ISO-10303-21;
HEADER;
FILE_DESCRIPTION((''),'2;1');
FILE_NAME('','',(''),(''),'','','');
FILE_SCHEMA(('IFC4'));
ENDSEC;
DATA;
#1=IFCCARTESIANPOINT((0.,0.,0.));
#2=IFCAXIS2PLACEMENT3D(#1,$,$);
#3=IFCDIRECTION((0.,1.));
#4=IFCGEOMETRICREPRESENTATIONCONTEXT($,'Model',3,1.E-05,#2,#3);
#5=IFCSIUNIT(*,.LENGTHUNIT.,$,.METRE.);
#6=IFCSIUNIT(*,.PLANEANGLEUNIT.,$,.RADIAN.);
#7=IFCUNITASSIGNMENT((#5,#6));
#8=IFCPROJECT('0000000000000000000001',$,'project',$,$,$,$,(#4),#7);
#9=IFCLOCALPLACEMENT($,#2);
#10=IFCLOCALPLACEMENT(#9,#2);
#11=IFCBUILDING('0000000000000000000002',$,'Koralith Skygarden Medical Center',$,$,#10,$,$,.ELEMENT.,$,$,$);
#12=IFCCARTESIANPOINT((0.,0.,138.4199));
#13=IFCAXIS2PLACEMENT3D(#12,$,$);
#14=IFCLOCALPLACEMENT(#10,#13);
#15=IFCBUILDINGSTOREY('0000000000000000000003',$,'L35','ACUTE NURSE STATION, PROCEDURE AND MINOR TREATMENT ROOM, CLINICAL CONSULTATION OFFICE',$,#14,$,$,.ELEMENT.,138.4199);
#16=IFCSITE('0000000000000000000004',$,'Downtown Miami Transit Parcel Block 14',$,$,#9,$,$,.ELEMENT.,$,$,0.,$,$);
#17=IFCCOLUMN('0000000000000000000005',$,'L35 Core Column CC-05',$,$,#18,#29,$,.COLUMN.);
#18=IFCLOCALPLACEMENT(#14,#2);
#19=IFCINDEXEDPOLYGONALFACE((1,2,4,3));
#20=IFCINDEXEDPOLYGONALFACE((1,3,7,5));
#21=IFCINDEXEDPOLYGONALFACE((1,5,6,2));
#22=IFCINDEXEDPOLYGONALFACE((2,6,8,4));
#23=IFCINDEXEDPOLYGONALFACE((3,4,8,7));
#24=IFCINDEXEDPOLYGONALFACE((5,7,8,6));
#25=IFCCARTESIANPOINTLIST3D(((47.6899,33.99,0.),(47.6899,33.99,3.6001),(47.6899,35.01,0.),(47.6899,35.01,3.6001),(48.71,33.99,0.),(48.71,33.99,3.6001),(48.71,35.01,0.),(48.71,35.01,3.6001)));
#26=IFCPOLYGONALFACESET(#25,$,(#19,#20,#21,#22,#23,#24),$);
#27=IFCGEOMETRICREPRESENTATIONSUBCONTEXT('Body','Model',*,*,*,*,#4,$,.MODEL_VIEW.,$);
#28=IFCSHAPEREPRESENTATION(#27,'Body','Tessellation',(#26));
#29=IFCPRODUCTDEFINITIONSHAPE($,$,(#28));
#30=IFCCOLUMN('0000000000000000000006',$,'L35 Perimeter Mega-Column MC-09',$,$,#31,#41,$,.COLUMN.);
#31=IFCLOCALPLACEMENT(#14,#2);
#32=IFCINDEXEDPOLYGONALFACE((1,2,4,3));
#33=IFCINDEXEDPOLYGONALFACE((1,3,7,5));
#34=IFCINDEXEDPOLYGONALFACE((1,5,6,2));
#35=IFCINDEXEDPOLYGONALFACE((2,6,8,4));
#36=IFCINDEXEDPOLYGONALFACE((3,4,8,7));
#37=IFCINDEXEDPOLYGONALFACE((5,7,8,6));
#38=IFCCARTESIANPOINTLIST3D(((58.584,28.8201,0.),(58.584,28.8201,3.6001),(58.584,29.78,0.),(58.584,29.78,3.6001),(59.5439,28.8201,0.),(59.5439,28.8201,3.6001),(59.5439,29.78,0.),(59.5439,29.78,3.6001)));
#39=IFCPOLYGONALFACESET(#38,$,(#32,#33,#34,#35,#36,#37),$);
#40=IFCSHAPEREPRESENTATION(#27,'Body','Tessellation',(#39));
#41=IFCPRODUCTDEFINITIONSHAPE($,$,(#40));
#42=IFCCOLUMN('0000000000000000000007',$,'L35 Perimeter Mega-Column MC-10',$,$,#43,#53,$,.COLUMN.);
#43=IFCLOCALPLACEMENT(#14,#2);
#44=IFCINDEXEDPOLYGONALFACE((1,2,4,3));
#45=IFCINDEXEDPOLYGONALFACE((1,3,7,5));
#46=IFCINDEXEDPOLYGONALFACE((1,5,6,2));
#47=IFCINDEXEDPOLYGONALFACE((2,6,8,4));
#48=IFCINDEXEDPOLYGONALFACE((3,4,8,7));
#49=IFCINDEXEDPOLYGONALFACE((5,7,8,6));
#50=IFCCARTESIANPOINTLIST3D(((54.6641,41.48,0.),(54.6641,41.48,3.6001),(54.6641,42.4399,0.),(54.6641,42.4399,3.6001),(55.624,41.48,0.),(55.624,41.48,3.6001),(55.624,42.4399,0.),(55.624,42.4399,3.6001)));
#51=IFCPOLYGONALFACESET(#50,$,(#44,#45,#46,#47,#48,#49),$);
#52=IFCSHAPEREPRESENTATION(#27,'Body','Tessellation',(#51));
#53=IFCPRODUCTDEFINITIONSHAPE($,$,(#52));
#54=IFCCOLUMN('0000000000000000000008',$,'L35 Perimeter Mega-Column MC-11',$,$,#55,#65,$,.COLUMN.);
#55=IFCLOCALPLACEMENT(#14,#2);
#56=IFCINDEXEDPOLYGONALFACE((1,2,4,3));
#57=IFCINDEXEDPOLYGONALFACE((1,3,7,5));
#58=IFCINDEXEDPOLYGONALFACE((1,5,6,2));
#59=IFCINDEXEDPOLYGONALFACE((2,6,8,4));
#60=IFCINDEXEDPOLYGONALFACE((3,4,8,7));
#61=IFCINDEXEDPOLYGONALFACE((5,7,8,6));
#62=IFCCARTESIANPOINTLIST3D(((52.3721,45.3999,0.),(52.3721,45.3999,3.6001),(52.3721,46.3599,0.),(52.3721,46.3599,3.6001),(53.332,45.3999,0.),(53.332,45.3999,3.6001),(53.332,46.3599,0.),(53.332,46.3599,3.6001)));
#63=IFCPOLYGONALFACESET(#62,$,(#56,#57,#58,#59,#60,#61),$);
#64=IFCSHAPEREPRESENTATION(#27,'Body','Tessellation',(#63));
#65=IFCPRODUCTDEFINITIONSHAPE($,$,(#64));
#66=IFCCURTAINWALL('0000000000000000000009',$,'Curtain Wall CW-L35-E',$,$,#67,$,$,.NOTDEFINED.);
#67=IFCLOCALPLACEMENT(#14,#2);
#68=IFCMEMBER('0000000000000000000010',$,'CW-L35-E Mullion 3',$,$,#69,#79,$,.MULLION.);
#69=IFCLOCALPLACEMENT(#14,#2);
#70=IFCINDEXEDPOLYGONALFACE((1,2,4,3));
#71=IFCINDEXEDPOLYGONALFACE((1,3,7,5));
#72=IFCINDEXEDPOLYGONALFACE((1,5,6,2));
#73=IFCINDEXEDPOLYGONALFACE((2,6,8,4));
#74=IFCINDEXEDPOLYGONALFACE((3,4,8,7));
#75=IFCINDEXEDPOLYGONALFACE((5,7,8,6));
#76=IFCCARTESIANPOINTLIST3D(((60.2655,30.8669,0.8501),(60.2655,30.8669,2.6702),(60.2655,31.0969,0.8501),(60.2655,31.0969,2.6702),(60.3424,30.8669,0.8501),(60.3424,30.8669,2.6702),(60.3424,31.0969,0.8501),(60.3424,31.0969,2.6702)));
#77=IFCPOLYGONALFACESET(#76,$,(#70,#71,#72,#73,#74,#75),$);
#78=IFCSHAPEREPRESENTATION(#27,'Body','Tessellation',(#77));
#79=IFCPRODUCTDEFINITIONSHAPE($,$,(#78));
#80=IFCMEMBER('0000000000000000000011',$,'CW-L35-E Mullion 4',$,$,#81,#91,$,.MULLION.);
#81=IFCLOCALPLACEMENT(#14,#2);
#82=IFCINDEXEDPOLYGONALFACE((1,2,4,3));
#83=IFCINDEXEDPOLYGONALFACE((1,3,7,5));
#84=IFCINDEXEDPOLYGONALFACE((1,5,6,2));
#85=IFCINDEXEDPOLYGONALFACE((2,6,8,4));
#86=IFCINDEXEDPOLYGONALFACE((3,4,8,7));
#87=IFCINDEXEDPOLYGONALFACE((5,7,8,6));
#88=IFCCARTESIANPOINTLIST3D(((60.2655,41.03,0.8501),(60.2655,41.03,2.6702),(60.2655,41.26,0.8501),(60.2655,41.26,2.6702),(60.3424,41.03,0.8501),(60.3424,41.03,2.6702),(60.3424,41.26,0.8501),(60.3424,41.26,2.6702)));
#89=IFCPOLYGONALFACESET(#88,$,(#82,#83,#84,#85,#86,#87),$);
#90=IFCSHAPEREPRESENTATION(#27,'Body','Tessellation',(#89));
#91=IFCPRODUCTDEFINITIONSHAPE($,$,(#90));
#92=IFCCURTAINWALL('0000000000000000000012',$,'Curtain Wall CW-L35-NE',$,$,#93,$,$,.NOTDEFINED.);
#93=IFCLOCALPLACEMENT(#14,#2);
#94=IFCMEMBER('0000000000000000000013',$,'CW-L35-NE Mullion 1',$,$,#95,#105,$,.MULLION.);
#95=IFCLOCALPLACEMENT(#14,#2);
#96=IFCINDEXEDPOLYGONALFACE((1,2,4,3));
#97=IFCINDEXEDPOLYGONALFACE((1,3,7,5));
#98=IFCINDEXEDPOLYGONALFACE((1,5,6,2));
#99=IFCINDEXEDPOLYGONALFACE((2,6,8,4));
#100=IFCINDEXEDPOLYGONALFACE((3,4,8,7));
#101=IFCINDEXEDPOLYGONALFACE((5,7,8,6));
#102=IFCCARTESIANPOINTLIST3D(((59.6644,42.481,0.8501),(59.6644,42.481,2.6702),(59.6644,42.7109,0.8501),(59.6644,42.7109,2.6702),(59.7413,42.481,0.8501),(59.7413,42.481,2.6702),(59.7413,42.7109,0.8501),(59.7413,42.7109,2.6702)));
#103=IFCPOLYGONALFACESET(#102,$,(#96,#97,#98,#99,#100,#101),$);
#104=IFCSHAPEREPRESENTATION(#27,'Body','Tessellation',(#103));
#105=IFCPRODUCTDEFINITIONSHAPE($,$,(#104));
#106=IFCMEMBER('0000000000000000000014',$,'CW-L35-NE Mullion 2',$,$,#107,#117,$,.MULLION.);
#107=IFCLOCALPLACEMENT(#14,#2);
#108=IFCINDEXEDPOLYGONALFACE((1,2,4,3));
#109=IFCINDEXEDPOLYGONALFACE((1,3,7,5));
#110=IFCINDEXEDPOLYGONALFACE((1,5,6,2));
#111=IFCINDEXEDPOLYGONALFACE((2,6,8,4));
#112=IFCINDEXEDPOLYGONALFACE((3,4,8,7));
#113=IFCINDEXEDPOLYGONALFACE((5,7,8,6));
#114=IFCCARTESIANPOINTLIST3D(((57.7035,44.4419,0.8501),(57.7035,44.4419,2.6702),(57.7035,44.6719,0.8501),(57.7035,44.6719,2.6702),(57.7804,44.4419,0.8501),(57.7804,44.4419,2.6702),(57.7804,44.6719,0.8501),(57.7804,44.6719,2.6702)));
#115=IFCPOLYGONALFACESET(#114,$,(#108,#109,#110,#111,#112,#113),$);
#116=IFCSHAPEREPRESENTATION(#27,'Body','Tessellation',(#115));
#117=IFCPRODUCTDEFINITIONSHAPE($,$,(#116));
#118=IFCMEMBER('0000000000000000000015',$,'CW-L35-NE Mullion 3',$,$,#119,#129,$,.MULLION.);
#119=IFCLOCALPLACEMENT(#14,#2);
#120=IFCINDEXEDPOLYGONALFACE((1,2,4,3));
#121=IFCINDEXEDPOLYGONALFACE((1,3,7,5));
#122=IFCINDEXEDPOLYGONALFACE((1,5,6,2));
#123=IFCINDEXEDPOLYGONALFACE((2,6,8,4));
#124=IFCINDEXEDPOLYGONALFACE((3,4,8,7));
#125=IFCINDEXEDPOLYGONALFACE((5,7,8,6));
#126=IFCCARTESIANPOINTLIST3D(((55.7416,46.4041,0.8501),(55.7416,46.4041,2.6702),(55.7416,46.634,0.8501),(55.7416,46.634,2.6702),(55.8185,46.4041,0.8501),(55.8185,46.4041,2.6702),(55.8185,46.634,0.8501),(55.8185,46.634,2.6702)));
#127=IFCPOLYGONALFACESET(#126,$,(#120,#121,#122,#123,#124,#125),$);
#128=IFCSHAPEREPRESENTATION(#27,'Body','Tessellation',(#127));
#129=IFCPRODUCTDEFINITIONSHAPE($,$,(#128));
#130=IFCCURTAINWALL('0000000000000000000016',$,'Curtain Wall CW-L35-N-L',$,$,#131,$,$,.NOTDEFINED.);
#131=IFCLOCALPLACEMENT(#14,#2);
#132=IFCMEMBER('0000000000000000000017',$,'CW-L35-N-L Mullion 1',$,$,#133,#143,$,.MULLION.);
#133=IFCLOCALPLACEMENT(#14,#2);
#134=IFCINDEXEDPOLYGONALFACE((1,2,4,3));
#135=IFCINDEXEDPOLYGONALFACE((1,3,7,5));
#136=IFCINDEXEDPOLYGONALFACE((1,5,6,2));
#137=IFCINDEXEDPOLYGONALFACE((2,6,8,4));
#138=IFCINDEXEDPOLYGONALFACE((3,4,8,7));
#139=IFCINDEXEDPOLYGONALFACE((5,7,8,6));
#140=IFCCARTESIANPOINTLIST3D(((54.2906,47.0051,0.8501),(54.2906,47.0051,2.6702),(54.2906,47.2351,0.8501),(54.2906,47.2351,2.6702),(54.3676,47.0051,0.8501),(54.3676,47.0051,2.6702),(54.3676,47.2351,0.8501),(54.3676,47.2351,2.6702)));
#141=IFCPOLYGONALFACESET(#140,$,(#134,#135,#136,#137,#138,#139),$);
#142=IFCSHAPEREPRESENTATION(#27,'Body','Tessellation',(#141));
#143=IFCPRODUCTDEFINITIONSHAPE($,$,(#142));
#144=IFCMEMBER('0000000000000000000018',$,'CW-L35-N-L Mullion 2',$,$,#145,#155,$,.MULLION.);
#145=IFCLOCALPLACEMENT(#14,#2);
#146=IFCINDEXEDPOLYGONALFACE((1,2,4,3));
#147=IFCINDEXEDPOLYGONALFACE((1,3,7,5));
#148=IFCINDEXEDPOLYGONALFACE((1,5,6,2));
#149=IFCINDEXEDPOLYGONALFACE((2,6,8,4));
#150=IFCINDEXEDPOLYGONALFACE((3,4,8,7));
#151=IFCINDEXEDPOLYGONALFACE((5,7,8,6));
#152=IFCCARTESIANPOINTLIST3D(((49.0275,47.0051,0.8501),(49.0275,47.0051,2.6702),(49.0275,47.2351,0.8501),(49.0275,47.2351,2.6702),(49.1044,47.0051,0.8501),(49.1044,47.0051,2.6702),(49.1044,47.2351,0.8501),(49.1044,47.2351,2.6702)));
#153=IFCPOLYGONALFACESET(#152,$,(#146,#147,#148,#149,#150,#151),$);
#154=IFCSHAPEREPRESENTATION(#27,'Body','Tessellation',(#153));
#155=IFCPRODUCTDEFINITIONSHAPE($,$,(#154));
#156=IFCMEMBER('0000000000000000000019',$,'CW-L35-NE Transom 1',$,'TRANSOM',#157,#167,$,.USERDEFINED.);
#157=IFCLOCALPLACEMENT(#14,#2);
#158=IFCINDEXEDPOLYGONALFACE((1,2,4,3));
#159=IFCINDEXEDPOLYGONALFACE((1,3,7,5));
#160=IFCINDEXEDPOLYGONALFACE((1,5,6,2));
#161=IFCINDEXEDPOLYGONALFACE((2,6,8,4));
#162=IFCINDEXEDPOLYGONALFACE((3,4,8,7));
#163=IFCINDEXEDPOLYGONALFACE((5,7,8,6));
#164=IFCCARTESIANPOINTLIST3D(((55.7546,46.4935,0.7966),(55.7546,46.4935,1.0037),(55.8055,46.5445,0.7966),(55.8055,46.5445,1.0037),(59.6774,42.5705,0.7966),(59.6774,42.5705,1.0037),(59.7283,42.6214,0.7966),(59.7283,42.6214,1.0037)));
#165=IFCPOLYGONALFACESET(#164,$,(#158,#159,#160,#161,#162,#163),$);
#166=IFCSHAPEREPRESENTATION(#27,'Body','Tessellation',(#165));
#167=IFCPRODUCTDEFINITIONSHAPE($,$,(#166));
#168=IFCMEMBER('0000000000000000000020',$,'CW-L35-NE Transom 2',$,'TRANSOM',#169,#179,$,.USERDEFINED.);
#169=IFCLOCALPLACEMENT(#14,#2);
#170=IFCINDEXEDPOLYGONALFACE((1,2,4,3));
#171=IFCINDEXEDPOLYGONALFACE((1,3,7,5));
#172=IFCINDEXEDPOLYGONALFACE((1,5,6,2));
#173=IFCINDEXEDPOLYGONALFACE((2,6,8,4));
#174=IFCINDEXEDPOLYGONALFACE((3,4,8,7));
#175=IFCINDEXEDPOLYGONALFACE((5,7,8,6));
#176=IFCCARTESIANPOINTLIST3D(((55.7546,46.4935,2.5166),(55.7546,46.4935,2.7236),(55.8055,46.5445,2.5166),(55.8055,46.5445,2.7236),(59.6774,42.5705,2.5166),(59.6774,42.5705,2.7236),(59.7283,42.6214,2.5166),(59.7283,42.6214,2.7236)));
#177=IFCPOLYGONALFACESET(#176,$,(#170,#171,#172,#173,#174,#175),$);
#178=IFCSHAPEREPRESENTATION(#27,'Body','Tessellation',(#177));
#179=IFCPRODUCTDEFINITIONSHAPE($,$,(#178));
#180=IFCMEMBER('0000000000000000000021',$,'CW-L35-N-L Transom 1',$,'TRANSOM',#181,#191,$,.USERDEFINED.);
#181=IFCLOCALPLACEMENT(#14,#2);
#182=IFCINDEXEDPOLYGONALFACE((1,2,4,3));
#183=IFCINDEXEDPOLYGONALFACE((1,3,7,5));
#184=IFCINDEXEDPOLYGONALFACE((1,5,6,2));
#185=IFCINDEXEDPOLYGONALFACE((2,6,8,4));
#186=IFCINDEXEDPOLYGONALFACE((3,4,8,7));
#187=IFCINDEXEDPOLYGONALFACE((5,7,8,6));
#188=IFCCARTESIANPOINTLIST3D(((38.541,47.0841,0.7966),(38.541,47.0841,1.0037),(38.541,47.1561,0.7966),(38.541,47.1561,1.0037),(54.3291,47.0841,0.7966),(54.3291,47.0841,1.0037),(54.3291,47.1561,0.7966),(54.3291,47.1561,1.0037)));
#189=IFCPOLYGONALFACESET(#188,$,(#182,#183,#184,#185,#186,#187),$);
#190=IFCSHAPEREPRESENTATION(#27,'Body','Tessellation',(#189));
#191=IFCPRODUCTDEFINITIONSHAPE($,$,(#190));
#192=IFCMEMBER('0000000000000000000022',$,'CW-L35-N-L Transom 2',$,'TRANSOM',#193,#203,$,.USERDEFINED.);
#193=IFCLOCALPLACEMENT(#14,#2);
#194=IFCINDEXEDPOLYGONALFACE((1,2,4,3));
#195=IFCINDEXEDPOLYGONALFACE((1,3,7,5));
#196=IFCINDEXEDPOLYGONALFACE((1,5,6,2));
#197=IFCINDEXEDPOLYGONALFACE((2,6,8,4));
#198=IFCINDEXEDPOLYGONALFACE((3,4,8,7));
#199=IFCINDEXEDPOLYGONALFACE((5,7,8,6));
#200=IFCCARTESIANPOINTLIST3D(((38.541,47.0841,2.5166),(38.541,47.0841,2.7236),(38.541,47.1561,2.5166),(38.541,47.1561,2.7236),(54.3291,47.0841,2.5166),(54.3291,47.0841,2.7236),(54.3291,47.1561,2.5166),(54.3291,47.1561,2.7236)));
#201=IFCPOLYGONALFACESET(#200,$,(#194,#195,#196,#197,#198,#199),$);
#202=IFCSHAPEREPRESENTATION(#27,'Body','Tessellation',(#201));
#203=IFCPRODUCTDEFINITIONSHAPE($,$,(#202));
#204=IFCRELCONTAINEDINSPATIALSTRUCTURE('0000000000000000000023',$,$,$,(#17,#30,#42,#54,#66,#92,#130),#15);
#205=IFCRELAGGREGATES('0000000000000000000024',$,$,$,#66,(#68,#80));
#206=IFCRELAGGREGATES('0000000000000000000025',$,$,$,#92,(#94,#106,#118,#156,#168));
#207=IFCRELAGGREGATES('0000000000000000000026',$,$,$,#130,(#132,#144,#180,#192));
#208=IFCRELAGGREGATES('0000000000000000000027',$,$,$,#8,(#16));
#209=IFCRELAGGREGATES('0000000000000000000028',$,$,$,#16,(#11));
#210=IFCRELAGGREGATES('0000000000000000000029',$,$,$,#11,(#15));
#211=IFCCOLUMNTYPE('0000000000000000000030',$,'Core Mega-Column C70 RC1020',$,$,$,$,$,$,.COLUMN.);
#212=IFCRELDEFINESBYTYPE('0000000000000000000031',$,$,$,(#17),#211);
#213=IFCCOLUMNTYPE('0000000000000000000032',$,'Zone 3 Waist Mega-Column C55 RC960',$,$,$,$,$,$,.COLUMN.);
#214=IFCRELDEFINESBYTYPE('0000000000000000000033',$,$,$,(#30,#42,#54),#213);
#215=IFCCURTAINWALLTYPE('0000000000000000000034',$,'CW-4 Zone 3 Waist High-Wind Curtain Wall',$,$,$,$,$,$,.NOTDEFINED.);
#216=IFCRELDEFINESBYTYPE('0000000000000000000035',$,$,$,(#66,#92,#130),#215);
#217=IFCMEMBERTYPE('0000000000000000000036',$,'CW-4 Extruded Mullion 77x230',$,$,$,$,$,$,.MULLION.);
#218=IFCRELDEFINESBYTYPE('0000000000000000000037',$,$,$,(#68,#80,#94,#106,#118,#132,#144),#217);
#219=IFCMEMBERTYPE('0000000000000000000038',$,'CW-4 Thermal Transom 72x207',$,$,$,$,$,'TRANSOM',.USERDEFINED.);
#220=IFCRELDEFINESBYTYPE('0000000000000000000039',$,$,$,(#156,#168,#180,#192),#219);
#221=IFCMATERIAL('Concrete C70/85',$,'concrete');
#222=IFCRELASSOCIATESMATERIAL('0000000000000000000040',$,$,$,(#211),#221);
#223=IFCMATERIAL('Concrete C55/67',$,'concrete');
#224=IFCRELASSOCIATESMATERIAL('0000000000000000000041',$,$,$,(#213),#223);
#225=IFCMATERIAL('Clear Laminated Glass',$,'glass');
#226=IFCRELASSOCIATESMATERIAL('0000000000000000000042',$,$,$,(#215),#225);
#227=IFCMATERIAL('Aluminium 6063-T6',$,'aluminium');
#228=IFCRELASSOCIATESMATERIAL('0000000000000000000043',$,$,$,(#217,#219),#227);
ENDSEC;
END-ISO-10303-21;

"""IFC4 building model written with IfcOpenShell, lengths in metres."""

from ifc_helpers import new_model, si_unit, direction, frame, origin, origin_2d, place, context, subcontext, project, spatial, rectangle, extrude, material, material_profile, profile_set, type_object, element, aggregate, save


model = new_model("IFC4")

# Units and contexts
model_context = context("Model", 3, precision=1e-05, world=origin(), true_north=direction((0.0, 1.0)))
body_context = subcontext(model_context, "Body", "Model", "MODEL_VIEW")
ifc_project = project(units=[si_unit("LENGTHUNIT", "METRE"), si_unit("PLANEANGLEUNIT", "RADIAN")], contexts=[model_context])

# Site, building, storey
site_placement = place(None, origin())
site = spatial("IfcSite", under=ifc_project, at=site_placement, Name="Downtown Miami Transit Parcel Block 14", CompositionType="ELEMENT", RefElevation=0.0)
building_placement = place(site_placement, origin())
building = spatial("IfcBuilding", under=site, at=building_placement, Name="Koralith Skygarden Medical Center", CompositionType="ELEMENT")
storey_placement = place(building_placement, frame((0.0, 0.0, 138.4199)))
storey = spatial("IfcBuildingStorey", under=building, at=storey_placement, Name="L35", Description="ACUTE NURSE STATION, PROCEDURE AND MINOR TREATMENT ROOM, CLINICAL CONSULTATION OFFICE", CompositionType="ELEMENT", Elevation=138.4199)

# Columns
ifc_material_1 = material(Name="Concrete C70/85", Category="concrete")
ifc_material_profile_1 = material_profile(ifc_material_1, rectangle(XDim=1.02, YDim=1.02, at=origin_2d()), Name="RC1020X1020")
ifc_profile_set_1 = profile_set([ifc_material_profile_1], Name="Concrete C70/85")
column_type_1 = type_object("IfcColumnType", Name="Core Mega-Column C70 RC1020", PredefinedType="COLUMN", material=ifc_profile_set_1)
column_placement = place(storey_placement, frame((48.2, 34.5, 0.0), z_axis=(0.0, 0.0, 1.0), x_axis=(1.0, 0.0, 0.0)))
element("IfcColumn", 1, at=column_placement, inside=storey, type_object=column_type_1, Name="L35 Core Column CC-05", PredefinedType="COLUMN", context=body_context, shape_type="SweptSolid", body=[
    extrude(rectangle(XDim=1.02, YDim=1.02, at=origin_2d()), origin(), (0.0, 0.0, 1.0), 3.6001),
])
ifc_material_2 = material(Name="Concrete C55/67", Category="concrete")
ifc_material_profile_2 = material_profile(ifc_material_2, rectangle(XDim=0.96, YDim=0.96, at=origin_2d()), Name="RC960X960")
ifc_profile_set_2 = profile_set([ifc_material_profile_2], Name="Concrete C55/67")
column_type_2 = type_object("IfcColumnType", Name="Zone 3 Waist Mega-Column C55 RC960", PredefinedType="COLUMN", material=ifc_profile_set_2)
for number, where, z_axis, x_axis, name in (
    (2, (59.064, 29.3, 0.0), (0.0, 0.0, 1.0), (1.0, 0.0, 0.0), "L35 Perimeter Mega-Column MC-09"),
    (3, (55.144, 41.96, 0.0), (0.0, 0.0, 1.0), (1.0, 0.0, 0.0), "L35 Perimeter Mega-Column MC-10"),
    (4, (52.8521, 45.8799, 0.0), (0.0, 0.0, 1.0), (1.0, 0.0, 0.0), "L35 Perimeter Mega-Column MC-11"),
):
    element("IfcColumn", number, at=place(storey_placement, frame(where, z_axis=z_axis, x_axis=x_axis)), inside=storey, type_object=column_type_2, Name=name, PredefinedType="COLUMN", context=body_context, shape_type="SweptSolid", body=[
        extrude(rectangle(XDim=0.96, YDim=0.96, at=origin_2d()), origin(), (0.0, 0.0, 1.0), 3.6001),
    ])

# Curtain walls, members
ifc_material_3 = material(Name="Clear Laminated Glass", Category="glass")
curtain_wall_type = type_object("IfcCurtainWallType", Name="CW-4 Zone 3 Waist High-Wind Curtain Wall", PredefinedType="NOTDEFINED", material=ifc_material_3)
curtain_wall_1_placement = place(storey_placement, origin())
curtain_wall_1 = element("IfcCurtainWall", 5, at=curtain_wall_1_placement, inside=storey, type_object=curtain_wall_type, Name="Curtain Wall CW-L35-E", PredefinedType="NOTDEFINED")
ifc_material_4 = material(Name="Aluminium 6063-T6", Category="aluminium")
ifc_material_profile_3 = material_profile(ifc_material_4, rectangle(XDim=0.0769, YDim=0.23, at=origin_2d()), Name="MUL77X230")
ifc_profile_set_3 = profile_set([ifc_material_profile_3], Name="Aluminium 6063-T6")
member_type_1 = type_object("IfcMemberType", Name="CW-4 Extruded Mullion 77x230", PredefinedType="MULLION", material=ifc_profile_set_3)
member_1_placement = place(storey_placement, frame((60.304, 30.9819, 0.8501), z_axis=(0.0, 0.0, 1.0), x_axis=(1.0, 0.0, 0.0)))
member_1 = element("IfcMember", 6, at=member_1_placement, type_object=member_type_1, Name="CW-L35-E Mullion 3", PredefinedType="MULLION", context=body_context, shape_type="SweptSolid", body=[
    extrude(rectangle(XDim=0.0769, YDim=0.23, at=origin_2d()), origin(), (0.0, 0.0, 1.0), 1.8201),
])
member_2_placement = place(storey_placement, frame((60.304, 41.145, 0.8501), z_axis=(0.0, 0.0, 1.0), x_axis=(1.0, 0.0, 0.0)))
member_2 = element("IfcMember", 7, at=member_2_placement, type_object=member_type_1, Name="CW-L35-E Mullion 4", PredefinedType="MULLION", context=body_context, shape_type="SweptSolid", body=[
    extrude(rectangle(XDim=0.0769, YDim=0.23, at=origin_2d()), origin(), (0.0, 0.0, 1.0), 1.8201),
])
curtain_wall_2_placement = place(storey_placement, origin())
curtain_wall_2 = element("IfcCurtainWall", 8, at=curtain_wall_2_placement, inside=storey, type_object=curtain_wall_type, Name="Curtain Wall CW-L35-NE", PredefinedType="NOTDEFINED")
member_3_placement = place(storey_placement, frame((59.7029, 42.5959, 0.8501), z_axis=(0.0, 0.0, 1.0), x_axis=(1.0, 0.0, 0.0)))
member_3 = element("IfcMember", 9, at=member_3_placement, type_object=member_type_1, Name="CW-L35-NE Mullion 1", PredefinedType="MULLION", context=body_context, shape_type="SweptSolid", body=[
    extrude(rectangle(XDim=0.0769, YDim=0.23, at=origin_2d()), origin(), (0.0, 0.0, 1.0), 1.8201),
])
member_4_placement = place(storey_placement, frame((57.7419, 44.5569, 0.8501), z_axis=(0.0, 0.0, 1.0), x_axis=(1.0, 0.0, 0.0)))
member_4 = element("IfcMember", 10, at=member_4_placement, type_object=member_type_1, Name="CW-L35-NE Mullion 2", PredefinedType="MULLION", context=body_context, shape_type="SweptSolid", body=[
    extrude(rectangle(XDim=0.0769, YDim=0.23, at=origin_2d()), origin(), (0.0, 0.0, 1.0), 1.8201),
])
member_5_placement = place(storey_placement, frame((55.78, 46.519, 0.8501), z_axis=(0.0, 0.0, 1.0), x_axis=(1.0, 0.0, 0.0)))
member_5 = element("IfcMember", 11, at=member_5_placement, type_object=member_type_1, Name="CW-L35-NE Mullion 3", PredefinedType="MULLION", context=body_context, shape_type="SweptSolid", body=[
    extrude(rectangle(XDim=0.0769, YDim=0.23, at=origin_2d()), origin(), (0.0, 0.0, 1.0), 1.8201),
])
curtain_wall_3_placement = place(storey_placement, origin())
curtain_wall_3 = element("IfcCurtainWall", 12, at=curtain_wall_3_placement, inside=storey, type_object=curtain_wall_type, Name="Curtain Wall CW-L35-N-L", PredefinedType="NOTDEFINED")
member_6_placement = place(storey_placement, frame((54.3291, 47.1201, 0.8501), z_axis=(0.0, 0.0, 1.0), x_axis=(1.0, 0.0, 0.0)))
member_6 = element("IfcMember", 13, at=member_6_placement, type_object=member_type_1, Name="CW-L35-N-L Mullion 1", PredefinedType="MULLION", context=body_context, shape_type="SweptSolid", body=[
    extrude(rectangle(XDim=0.0769, YDim=0.23, at=origin_2d()), origin(), (0.0, 0.0, 1.0), 1.8201),
])
member_7_placement = place(storey_placement, frame((49.0659, 47.1201, 0.8501), z_axis=(0.0, 0.0, 1.0), x_axis=(1.0, 0.0, 0.0)))
member_7 = element("IfcMember", 14, at=member_7_placement, type_object=member_type_1, Name="CW-L35-N-L Mullion 2", PredefinedType="MULLION", context=body_context, shape_type="SweptSolid", body=[
    extrude(rectangle(XDim=0.0769, YDim=0.23, at=origin_2d()), origin(), (0.0, 0.0, 1.0), 1.8201),
])

# Members
ifc_material_profile_4 = material_profile(ifc_material_4, rectangle(XDim=0.072, YDim=0.207, at=origin_2d()), Name="TRN72X207")
ifc_profile_set_4 = profile_set([ifc_material_profile_4], Name="Aluminium 6063-T6")
member_type_2 = type_object("IfcMemberType", Name="CW-4 Thermal Transom 72x207", ElementType="TRANSOM", PredefinedType="USERDEFINED", material=ifc_profile_set_4)
member_8_placement = place(storey_placement, frame((59.7029, 42.5959, 0.9001), z_axis=(-0.707085, 0.707129, 0.0), x_axis=(-0.707129, -0.707085, 0.0)))
member_8 = element("IfcMember", 15, at=member_8_placement, type_object=member_type_2, Name="CW-L35-NE Transom 1", ObjectType="TRANSOM", PredefinedType="USERDEFINED", context=body_context, shape_type="SweptSolid", body=[
    extrude(rectangle(XDim=0.072, YDim=0.207, at=origin_2d()), origin(), (0.0, 0.0, 1.0), 5.5479),
])
member_9_placement = place(storey_placement, frame((59.7029, 42.5959, 2.6201), z_axis=(-0.707085, 0.707129, 0.0), x_axis=(-0.707129, -0.707085, 0.0)))
member_9 = element("IfcMember", 16, at=member_9_placement, type_object=member_type_2, Name="CW-L35-NE Transom 2", ObjectType="TRANSOM", PredefinedType="USERDEFINED", context=body_context, shape_type="SweptSolid", body=[
    extrude(rectangle(XDim=0.072, YDim=0.207, at=origin_2d()), origin(), (0.0, 0.0, 1.0), 5.5479),
])
member_10_placement = place(storey_placement, frame((54.3291, 47.1201, 0.9001), z_axis=(-1.0, 0.0, 0.0), x_axis=(0.0, -1.0, 0.0)))
member_10 = element("IfcMember", 17, at=member_10_placement, type_object=member_type_2, Name="CW-L35-N-L Transom 1", ObjectType="TRANSOM", PredefinedType="USERDEFINED", context=body_context, shape_type="SweptSolid", body=[
    extrude(rectangle(XDim=0.072, YDim=0.207, at=origin_2d()), origin(), (0.0, 0.0, 1.0), 15.7881),
])
member_11_placement = place(storey_placement, frame((54.3291, 47.1201, 2.6201), z_axis=(-1.0, 0.0, 0.0), x_axis=(0.0, -1.0, 0.0)))
member_11 = element("IfcMember", 18, at=member_11_placement, type_object=member_type_2, Name="CW-L35-N-L Transom 2", ObjectType="TRANSOM", PredefinedType="USERDEFINED", context=body_context, shape_type="SweptSolid", body=[
    extrude(rectangle(XDim=0.072, YDim=0.207, at=origin_2d()), origin(), (0.0, 0.0, 1.0), 15.7881),
])

aggregate(curtain_wall_1, [member_1, member_2])
aggregate(curtain_wall_2, [member_3, member_4, member_5, member_8, member_9])
aggregate(curtain_wall_3, [member_6, member_7, member_10, member_11])

save(model, "model.ifc")
